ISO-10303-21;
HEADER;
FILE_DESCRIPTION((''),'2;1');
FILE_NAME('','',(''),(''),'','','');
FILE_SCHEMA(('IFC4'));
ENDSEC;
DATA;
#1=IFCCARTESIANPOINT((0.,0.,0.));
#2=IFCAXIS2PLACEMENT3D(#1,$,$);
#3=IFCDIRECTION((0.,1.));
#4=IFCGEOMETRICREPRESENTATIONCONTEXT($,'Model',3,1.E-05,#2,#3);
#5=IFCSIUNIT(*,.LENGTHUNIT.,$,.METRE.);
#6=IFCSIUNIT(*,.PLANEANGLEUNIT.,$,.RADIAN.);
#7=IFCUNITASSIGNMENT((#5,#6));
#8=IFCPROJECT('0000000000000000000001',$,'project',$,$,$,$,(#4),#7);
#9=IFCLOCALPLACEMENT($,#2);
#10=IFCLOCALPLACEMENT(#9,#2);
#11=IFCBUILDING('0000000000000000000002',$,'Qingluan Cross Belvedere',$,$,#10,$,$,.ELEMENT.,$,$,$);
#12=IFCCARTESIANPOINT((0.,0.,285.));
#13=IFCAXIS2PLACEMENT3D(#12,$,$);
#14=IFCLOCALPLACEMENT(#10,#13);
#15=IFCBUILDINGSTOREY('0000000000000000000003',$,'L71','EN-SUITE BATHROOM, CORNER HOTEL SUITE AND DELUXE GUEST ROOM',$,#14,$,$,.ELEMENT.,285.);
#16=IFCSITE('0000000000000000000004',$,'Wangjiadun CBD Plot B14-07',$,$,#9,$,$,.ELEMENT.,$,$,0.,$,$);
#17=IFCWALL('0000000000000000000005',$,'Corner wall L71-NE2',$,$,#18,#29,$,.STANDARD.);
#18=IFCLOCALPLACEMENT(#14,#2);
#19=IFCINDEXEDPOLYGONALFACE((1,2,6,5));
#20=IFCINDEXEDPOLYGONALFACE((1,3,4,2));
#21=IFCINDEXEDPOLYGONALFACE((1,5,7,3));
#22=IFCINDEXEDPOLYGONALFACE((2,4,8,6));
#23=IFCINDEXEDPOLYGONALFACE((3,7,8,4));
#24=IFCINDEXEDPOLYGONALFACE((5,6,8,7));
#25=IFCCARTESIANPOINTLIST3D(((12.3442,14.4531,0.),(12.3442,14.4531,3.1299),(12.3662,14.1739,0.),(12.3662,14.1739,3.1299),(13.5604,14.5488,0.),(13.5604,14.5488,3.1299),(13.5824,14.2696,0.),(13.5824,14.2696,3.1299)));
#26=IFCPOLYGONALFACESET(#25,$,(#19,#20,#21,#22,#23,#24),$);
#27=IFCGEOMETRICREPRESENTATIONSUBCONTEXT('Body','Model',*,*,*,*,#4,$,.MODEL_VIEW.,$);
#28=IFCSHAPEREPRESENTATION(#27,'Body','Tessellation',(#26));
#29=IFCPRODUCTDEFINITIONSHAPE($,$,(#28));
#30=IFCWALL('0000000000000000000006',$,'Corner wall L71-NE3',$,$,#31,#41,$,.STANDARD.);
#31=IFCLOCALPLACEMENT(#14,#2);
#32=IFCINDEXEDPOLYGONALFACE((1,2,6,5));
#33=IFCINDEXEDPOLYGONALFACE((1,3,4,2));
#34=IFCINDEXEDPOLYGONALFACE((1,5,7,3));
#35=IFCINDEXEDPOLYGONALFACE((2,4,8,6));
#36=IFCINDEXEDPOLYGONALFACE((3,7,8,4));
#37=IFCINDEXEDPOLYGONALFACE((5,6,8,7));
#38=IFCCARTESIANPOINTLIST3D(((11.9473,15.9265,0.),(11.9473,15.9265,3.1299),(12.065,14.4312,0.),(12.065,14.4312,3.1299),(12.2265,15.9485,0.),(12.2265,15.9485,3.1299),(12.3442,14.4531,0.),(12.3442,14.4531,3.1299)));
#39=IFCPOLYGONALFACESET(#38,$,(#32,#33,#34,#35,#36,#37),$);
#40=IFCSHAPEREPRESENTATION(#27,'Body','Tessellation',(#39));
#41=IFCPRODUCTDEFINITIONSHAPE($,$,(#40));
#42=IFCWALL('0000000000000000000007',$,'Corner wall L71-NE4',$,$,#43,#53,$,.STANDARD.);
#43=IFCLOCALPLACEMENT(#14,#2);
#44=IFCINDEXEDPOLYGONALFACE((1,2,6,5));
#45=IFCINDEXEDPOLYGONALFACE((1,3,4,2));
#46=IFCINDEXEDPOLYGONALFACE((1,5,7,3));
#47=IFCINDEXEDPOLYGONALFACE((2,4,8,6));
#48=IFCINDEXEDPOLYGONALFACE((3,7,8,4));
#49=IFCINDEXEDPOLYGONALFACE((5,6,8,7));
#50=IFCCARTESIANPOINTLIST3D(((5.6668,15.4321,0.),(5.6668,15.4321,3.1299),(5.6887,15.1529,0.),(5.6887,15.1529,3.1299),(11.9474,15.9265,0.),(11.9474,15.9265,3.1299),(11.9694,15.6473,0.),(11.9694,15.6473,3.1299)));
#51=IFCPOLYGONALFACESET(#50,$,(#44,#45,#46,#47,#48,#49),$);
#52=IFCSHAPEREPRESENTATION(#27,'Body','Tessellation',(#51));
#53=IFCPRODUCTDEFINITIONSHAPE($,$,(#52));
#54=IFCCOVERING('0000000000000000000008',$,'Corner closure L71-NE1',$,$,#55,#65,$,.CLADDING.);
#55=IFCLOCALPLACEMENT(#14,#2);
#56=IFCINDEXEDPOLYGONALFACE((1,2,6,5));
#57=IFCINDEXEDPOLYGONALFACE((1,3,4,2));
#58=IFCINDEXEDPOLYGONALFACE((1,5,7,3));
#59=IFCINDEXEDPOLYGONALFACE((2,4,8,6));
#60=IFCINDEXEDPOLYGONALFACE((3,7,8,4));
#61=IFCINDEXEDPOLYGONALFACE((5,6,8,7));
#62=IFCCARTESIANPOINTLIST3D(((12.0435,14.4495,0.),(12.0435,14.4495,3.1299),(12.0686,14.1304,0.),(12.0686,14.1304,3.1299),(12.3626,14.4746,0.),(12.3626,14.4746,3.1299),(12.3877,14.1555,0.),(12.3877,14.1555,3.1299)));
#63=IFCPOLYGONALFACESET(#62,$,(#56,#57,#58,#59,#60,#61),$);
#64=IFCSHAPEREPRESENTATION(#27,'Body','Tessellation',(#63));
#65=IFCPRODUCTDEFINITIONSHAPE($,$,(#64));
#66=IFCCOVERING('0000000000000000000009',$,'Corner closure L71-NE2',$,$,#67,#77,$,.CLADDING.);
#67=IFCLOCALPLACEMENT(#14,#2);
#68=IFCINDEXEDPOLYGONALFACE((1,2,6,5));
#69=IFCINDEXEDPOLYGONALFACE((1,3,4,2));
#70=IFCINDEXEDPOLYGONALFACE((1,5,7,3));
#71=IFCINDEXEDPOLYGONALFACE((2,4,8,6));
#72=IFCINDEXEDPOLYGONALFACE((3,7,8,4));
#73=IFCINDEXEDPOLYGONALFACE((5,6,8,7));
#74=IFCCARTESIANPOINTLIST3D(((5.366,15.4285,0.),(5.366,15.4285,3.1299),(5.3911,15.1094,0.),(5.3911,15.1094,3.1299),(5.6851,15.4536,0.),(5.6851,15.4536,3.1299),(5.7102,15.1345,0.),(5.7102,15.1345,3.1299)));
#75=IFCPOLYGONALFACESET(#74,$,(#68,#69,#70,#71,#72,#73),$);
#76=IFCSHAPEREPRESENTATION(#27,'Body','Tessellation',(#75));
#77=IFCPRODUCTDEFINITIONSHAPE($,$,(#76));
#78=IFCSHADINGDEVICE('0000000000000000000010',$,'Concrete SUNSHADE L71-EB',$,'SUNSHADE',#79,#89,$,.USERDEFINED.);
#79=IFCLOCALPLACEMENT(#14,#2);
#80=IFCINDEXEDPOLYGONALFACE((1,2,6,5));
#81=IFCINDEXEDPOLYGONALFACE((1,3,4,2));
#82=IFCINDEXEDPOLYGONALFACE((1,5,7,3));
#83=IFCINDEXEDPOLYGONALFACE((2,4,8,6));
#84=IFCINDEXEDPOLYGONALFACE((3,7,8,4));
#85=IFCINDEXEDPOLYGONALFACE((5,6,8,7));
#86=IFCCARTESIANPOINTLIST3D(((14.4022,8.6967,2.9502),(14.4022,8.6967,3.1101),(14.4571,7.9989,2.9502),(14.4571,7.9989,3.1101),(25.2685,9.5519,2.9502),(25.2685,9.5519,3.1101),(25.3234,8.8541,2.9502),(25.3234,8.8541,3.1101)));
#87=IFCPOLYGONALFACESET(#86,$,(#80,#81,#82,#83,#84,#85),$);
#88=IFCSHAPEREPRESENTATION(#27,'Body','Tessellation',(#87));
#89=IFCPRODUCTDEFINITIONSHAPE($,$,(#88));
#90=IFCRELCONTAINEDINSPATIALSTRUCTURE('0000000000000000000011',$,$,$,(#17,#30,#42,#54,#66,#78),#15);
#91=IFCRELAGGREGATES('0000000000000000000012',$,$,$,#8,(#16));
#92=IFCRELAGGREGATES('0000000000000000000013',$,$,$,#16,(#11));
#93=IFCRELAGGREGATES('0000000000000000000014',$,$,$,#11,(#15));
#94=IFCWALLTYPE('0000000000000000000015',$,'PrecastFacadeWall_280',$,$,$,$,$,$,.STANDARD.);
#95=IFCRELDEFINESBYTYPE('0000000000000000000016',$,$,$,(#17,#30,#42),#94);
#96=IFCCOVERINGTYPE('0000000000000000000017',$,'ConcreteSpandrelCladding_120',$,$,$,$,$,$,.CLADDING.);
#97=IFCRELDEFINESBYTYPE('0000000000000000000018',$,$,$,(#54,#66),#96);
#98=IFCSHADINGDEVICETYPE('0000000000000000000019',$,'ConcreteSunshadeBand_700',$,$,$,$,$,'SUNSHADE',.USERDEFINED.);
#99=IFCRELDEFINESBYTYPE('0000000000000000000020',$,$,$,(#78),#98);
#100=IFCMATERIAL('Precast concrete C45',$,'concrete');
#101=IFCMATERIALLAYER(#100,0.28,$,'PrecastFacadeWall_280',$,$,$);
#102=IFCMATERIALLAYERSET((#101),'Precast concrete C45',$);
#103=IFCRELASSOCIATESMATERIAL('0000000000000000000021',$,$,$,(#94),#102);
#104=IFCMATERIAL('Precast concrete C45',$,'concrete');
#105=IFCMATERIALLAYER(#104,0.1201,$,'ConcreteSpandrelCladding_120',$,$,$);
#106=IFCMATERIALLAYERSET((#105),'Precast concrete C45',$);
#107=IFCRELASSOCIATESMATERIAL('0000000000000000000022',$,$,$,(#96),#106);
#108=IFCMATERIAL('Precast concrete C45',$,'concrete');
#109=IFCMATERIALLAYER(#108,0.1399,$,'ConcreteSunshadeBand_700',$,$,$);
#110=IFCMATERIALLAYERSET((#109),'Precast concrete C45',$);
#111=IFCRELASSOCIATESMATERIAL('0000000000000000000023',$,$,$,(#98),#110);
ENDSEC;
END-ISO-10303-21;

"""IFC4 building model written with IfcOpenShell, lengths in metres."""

from ifc_helpers import new_model, si_unit, direction, frame, frame_2d, origin, origin_2d, place, context, subcontext, project, spatial, rectangle, extrude, material, layer, layer_set, type_object, element, save


model = new_model("IFC4")

# Units and contexts
model_context = context("Model", 3, precision=1e-05, world=origin(), true_north=direction((0.0, 1.0)))
body_context = subcontext(model_context, "Body", "Model", "MODEL_VIEW")
ifc_project = project(units=[si_unit("LENGTHUNIT", "METRE"), si_unit("PLANEANGLEUNIT", "RADIAN")], contexts=[model_context])

# Site, building, storey
site_placement = place(None, origin())
site = spatial("IfcSite", under=ifc_project, at=site_placement, Name="Wangjiadun CBD Plot B14-07", CompositionType="ELEMENT", RefElevation=0.0)
building_placement = place(site_placement, origin())
building = spatial("IfcBuilding", under=site, at=building_placement, Name="Qingluan Cross Belvedere", CompositionType="ELEMENT")
storey_placement = place(building_placement, frame((0.0, 0.0, 285.0)))
storey = spatial("IfcBuildingStorey", under=building, at=storey_placement, Name="L71", Description="EN-SUITE BATHROOM, CORNER HOTEL SUITE AND DELUXE GUEST ROOM", CompositionType="ELEMENT", Elevation=285.0)

# Shared definitions
ifc_material_1 = material(Name="Precast concrete C45", Category="concrete")
ifc_layer_1 = layer(ifc_material_1, 0.28, Name="PrecastFacadeWall_280")
ifc_layer_set_1 = layer_set([ifc_layer_1], Name="Precast concrete C45")
wall_type_1 = type_object("IfcWallType", Name="PrecastFacadeWall_280", PredefinedType="STANDARD", material=ifc_layer_set_1)

# Walls
wall_1_placement = place(storey_placement, frame((13.5713, 14.4092, 0.0), z_axis=(0.0, 0.0, 1.0), x_axis=(-0.996919, -0.078441, 0.0)))
element("IfcWall", 1, at=wall_1_placement, inside=storey, type_object=wall_type_1, Name="Corner wall L71-NE2", PredefinedType="STANDARD", context=body_context, shape_type="SweptSolid", body=[
    extrude(rectangle(XDim=1.22, YDim=0.28, at=frame_2d((0.6099, 0.0))), origin(), (0.0, 0.0, 1.0), 3.1299),
])
wall_2_placement = place(storey_placement, frame((12.2046, 14.4421, 0.0), z_axis=(0.0, 0.0, 1.0), x_axis=(-0.078451, 0.996918, 0.0)))
element("IfcWall", 2, at=wall_2_placement, inside=storey, type_object=wall_type_1, Name="Corner wall L71-NE3", PredefinedType="STANDARD", context=body_context, shape_type="SweptSolid", body=[
    extrude(rectangle(XDim=1.5, YDim=0.28, at=frame_2d((0.75, 0.0))), origin(), (0.0, 0.0, 1.0), 3.1299),
])
wall_3_placement = place(storey_placement, frame((11.9583, 15.7869, 0.0), z_axis=(0.0, 0.0, 1.0), x_axis=(-0.996916, -0.078474, 0.0)))
element("IfcWall", 3, at=wall_3_placement, inside=storey, type_object=wall_type_1, Name="Corner wall L71-NE4", PredefinedType="STANDARD", context=body_context, shape_type="SweptSolid", body=[
    extrude(rectangle(XDim=6.3, YDim=0.28, at=frame_2d((3.1499, 0.0))), origin(), (0.0, 0.0, 1.0), 3.1299),
])

# Coverings
ifc_material_2 = material(Name="Precast concrete C45", Category="concrete")
ifc_layer_2 = layer(ifc_material_2, 0.1201, Name="ConcreteSpandrelCladding_120")
ifc_layer_set_2 = layer_set([ifc_layer_2], Name="Precast concrete C45")
covering_type_1 = type_object("IfcCoveringType", Name="ConcreteSpandrelCladding_120", PredefinedType="CLADDING", material=ifc_layer_set_2)
for number, where, z_axis, x_axis, name in (
    (4, (12.2156, 14.3025, 0.0), (0.0, 0.0, 1.0), (0.996917, 0.078459, 0.0), "Corner closure L71-NE1"),
    (5, (5.5381, 15.2815, 0.0), (0.0, 0.0, 1.0), (0.996917, 0.078459, 0.0), "Corner closure L71-NE2"),
):
    element("IfcCovering", number, at=place(storey_placement, frame(where, z_axis=z_axis, x_axis=x_axis)), inside=storey, type_object=covering_type_1, Name=name, PredefinedType="CLADDING", context=body_context, shape_type="SweptSolid", body=[
        extrude(rectangle(XDim=0.3201, YDim=0.3201, at=origin_2d()), origin(), (0.0, 0.0, 1.0), 3.1299),
    ])

# Shading device
ifc_material_3 = material(Name="Precast concrete C45", Category="concrete")
ifc_layer_3 = layer(ifc_material_3, 0.1399, Name="ConcreteSunshadeBand_700")
ifc_layer_set_3 = layer_set([ifc_layer_3], Name="Precast concrete C45")
shading_device_type = type_object("IfcShadingDeviceType", Name="ConcreteSunshadeBand_700", ElementType="SUNSHADE", PredefinedType="USERDEFINED", material=ifc_layer_set_3)
shading_device_placement = place(storey_placement, frame((19.8628, 8.7754, 2.9502), z_axis=(0.0, 0.0, 1.0), x_axis=(-0.996917, -0.078459, 0.0)))
element("IfcShadingDevice", 6, at=shading_device_placement, inside=storey, type_object=shading_device_type, Name="Concrete SUNSHADE L71-EB", ObjectType="SUNSHADE", PredefinedType="USERDEFINED", context=body_context, shape_type="SweptSolid", body=[
    extrude(rectangle(XDim=10.8999, YDim=0.7, at=origin_2d()), origin(), (0.0, 0.0, 1.0), 0.1599),
])

save(model, "model.ifc")
